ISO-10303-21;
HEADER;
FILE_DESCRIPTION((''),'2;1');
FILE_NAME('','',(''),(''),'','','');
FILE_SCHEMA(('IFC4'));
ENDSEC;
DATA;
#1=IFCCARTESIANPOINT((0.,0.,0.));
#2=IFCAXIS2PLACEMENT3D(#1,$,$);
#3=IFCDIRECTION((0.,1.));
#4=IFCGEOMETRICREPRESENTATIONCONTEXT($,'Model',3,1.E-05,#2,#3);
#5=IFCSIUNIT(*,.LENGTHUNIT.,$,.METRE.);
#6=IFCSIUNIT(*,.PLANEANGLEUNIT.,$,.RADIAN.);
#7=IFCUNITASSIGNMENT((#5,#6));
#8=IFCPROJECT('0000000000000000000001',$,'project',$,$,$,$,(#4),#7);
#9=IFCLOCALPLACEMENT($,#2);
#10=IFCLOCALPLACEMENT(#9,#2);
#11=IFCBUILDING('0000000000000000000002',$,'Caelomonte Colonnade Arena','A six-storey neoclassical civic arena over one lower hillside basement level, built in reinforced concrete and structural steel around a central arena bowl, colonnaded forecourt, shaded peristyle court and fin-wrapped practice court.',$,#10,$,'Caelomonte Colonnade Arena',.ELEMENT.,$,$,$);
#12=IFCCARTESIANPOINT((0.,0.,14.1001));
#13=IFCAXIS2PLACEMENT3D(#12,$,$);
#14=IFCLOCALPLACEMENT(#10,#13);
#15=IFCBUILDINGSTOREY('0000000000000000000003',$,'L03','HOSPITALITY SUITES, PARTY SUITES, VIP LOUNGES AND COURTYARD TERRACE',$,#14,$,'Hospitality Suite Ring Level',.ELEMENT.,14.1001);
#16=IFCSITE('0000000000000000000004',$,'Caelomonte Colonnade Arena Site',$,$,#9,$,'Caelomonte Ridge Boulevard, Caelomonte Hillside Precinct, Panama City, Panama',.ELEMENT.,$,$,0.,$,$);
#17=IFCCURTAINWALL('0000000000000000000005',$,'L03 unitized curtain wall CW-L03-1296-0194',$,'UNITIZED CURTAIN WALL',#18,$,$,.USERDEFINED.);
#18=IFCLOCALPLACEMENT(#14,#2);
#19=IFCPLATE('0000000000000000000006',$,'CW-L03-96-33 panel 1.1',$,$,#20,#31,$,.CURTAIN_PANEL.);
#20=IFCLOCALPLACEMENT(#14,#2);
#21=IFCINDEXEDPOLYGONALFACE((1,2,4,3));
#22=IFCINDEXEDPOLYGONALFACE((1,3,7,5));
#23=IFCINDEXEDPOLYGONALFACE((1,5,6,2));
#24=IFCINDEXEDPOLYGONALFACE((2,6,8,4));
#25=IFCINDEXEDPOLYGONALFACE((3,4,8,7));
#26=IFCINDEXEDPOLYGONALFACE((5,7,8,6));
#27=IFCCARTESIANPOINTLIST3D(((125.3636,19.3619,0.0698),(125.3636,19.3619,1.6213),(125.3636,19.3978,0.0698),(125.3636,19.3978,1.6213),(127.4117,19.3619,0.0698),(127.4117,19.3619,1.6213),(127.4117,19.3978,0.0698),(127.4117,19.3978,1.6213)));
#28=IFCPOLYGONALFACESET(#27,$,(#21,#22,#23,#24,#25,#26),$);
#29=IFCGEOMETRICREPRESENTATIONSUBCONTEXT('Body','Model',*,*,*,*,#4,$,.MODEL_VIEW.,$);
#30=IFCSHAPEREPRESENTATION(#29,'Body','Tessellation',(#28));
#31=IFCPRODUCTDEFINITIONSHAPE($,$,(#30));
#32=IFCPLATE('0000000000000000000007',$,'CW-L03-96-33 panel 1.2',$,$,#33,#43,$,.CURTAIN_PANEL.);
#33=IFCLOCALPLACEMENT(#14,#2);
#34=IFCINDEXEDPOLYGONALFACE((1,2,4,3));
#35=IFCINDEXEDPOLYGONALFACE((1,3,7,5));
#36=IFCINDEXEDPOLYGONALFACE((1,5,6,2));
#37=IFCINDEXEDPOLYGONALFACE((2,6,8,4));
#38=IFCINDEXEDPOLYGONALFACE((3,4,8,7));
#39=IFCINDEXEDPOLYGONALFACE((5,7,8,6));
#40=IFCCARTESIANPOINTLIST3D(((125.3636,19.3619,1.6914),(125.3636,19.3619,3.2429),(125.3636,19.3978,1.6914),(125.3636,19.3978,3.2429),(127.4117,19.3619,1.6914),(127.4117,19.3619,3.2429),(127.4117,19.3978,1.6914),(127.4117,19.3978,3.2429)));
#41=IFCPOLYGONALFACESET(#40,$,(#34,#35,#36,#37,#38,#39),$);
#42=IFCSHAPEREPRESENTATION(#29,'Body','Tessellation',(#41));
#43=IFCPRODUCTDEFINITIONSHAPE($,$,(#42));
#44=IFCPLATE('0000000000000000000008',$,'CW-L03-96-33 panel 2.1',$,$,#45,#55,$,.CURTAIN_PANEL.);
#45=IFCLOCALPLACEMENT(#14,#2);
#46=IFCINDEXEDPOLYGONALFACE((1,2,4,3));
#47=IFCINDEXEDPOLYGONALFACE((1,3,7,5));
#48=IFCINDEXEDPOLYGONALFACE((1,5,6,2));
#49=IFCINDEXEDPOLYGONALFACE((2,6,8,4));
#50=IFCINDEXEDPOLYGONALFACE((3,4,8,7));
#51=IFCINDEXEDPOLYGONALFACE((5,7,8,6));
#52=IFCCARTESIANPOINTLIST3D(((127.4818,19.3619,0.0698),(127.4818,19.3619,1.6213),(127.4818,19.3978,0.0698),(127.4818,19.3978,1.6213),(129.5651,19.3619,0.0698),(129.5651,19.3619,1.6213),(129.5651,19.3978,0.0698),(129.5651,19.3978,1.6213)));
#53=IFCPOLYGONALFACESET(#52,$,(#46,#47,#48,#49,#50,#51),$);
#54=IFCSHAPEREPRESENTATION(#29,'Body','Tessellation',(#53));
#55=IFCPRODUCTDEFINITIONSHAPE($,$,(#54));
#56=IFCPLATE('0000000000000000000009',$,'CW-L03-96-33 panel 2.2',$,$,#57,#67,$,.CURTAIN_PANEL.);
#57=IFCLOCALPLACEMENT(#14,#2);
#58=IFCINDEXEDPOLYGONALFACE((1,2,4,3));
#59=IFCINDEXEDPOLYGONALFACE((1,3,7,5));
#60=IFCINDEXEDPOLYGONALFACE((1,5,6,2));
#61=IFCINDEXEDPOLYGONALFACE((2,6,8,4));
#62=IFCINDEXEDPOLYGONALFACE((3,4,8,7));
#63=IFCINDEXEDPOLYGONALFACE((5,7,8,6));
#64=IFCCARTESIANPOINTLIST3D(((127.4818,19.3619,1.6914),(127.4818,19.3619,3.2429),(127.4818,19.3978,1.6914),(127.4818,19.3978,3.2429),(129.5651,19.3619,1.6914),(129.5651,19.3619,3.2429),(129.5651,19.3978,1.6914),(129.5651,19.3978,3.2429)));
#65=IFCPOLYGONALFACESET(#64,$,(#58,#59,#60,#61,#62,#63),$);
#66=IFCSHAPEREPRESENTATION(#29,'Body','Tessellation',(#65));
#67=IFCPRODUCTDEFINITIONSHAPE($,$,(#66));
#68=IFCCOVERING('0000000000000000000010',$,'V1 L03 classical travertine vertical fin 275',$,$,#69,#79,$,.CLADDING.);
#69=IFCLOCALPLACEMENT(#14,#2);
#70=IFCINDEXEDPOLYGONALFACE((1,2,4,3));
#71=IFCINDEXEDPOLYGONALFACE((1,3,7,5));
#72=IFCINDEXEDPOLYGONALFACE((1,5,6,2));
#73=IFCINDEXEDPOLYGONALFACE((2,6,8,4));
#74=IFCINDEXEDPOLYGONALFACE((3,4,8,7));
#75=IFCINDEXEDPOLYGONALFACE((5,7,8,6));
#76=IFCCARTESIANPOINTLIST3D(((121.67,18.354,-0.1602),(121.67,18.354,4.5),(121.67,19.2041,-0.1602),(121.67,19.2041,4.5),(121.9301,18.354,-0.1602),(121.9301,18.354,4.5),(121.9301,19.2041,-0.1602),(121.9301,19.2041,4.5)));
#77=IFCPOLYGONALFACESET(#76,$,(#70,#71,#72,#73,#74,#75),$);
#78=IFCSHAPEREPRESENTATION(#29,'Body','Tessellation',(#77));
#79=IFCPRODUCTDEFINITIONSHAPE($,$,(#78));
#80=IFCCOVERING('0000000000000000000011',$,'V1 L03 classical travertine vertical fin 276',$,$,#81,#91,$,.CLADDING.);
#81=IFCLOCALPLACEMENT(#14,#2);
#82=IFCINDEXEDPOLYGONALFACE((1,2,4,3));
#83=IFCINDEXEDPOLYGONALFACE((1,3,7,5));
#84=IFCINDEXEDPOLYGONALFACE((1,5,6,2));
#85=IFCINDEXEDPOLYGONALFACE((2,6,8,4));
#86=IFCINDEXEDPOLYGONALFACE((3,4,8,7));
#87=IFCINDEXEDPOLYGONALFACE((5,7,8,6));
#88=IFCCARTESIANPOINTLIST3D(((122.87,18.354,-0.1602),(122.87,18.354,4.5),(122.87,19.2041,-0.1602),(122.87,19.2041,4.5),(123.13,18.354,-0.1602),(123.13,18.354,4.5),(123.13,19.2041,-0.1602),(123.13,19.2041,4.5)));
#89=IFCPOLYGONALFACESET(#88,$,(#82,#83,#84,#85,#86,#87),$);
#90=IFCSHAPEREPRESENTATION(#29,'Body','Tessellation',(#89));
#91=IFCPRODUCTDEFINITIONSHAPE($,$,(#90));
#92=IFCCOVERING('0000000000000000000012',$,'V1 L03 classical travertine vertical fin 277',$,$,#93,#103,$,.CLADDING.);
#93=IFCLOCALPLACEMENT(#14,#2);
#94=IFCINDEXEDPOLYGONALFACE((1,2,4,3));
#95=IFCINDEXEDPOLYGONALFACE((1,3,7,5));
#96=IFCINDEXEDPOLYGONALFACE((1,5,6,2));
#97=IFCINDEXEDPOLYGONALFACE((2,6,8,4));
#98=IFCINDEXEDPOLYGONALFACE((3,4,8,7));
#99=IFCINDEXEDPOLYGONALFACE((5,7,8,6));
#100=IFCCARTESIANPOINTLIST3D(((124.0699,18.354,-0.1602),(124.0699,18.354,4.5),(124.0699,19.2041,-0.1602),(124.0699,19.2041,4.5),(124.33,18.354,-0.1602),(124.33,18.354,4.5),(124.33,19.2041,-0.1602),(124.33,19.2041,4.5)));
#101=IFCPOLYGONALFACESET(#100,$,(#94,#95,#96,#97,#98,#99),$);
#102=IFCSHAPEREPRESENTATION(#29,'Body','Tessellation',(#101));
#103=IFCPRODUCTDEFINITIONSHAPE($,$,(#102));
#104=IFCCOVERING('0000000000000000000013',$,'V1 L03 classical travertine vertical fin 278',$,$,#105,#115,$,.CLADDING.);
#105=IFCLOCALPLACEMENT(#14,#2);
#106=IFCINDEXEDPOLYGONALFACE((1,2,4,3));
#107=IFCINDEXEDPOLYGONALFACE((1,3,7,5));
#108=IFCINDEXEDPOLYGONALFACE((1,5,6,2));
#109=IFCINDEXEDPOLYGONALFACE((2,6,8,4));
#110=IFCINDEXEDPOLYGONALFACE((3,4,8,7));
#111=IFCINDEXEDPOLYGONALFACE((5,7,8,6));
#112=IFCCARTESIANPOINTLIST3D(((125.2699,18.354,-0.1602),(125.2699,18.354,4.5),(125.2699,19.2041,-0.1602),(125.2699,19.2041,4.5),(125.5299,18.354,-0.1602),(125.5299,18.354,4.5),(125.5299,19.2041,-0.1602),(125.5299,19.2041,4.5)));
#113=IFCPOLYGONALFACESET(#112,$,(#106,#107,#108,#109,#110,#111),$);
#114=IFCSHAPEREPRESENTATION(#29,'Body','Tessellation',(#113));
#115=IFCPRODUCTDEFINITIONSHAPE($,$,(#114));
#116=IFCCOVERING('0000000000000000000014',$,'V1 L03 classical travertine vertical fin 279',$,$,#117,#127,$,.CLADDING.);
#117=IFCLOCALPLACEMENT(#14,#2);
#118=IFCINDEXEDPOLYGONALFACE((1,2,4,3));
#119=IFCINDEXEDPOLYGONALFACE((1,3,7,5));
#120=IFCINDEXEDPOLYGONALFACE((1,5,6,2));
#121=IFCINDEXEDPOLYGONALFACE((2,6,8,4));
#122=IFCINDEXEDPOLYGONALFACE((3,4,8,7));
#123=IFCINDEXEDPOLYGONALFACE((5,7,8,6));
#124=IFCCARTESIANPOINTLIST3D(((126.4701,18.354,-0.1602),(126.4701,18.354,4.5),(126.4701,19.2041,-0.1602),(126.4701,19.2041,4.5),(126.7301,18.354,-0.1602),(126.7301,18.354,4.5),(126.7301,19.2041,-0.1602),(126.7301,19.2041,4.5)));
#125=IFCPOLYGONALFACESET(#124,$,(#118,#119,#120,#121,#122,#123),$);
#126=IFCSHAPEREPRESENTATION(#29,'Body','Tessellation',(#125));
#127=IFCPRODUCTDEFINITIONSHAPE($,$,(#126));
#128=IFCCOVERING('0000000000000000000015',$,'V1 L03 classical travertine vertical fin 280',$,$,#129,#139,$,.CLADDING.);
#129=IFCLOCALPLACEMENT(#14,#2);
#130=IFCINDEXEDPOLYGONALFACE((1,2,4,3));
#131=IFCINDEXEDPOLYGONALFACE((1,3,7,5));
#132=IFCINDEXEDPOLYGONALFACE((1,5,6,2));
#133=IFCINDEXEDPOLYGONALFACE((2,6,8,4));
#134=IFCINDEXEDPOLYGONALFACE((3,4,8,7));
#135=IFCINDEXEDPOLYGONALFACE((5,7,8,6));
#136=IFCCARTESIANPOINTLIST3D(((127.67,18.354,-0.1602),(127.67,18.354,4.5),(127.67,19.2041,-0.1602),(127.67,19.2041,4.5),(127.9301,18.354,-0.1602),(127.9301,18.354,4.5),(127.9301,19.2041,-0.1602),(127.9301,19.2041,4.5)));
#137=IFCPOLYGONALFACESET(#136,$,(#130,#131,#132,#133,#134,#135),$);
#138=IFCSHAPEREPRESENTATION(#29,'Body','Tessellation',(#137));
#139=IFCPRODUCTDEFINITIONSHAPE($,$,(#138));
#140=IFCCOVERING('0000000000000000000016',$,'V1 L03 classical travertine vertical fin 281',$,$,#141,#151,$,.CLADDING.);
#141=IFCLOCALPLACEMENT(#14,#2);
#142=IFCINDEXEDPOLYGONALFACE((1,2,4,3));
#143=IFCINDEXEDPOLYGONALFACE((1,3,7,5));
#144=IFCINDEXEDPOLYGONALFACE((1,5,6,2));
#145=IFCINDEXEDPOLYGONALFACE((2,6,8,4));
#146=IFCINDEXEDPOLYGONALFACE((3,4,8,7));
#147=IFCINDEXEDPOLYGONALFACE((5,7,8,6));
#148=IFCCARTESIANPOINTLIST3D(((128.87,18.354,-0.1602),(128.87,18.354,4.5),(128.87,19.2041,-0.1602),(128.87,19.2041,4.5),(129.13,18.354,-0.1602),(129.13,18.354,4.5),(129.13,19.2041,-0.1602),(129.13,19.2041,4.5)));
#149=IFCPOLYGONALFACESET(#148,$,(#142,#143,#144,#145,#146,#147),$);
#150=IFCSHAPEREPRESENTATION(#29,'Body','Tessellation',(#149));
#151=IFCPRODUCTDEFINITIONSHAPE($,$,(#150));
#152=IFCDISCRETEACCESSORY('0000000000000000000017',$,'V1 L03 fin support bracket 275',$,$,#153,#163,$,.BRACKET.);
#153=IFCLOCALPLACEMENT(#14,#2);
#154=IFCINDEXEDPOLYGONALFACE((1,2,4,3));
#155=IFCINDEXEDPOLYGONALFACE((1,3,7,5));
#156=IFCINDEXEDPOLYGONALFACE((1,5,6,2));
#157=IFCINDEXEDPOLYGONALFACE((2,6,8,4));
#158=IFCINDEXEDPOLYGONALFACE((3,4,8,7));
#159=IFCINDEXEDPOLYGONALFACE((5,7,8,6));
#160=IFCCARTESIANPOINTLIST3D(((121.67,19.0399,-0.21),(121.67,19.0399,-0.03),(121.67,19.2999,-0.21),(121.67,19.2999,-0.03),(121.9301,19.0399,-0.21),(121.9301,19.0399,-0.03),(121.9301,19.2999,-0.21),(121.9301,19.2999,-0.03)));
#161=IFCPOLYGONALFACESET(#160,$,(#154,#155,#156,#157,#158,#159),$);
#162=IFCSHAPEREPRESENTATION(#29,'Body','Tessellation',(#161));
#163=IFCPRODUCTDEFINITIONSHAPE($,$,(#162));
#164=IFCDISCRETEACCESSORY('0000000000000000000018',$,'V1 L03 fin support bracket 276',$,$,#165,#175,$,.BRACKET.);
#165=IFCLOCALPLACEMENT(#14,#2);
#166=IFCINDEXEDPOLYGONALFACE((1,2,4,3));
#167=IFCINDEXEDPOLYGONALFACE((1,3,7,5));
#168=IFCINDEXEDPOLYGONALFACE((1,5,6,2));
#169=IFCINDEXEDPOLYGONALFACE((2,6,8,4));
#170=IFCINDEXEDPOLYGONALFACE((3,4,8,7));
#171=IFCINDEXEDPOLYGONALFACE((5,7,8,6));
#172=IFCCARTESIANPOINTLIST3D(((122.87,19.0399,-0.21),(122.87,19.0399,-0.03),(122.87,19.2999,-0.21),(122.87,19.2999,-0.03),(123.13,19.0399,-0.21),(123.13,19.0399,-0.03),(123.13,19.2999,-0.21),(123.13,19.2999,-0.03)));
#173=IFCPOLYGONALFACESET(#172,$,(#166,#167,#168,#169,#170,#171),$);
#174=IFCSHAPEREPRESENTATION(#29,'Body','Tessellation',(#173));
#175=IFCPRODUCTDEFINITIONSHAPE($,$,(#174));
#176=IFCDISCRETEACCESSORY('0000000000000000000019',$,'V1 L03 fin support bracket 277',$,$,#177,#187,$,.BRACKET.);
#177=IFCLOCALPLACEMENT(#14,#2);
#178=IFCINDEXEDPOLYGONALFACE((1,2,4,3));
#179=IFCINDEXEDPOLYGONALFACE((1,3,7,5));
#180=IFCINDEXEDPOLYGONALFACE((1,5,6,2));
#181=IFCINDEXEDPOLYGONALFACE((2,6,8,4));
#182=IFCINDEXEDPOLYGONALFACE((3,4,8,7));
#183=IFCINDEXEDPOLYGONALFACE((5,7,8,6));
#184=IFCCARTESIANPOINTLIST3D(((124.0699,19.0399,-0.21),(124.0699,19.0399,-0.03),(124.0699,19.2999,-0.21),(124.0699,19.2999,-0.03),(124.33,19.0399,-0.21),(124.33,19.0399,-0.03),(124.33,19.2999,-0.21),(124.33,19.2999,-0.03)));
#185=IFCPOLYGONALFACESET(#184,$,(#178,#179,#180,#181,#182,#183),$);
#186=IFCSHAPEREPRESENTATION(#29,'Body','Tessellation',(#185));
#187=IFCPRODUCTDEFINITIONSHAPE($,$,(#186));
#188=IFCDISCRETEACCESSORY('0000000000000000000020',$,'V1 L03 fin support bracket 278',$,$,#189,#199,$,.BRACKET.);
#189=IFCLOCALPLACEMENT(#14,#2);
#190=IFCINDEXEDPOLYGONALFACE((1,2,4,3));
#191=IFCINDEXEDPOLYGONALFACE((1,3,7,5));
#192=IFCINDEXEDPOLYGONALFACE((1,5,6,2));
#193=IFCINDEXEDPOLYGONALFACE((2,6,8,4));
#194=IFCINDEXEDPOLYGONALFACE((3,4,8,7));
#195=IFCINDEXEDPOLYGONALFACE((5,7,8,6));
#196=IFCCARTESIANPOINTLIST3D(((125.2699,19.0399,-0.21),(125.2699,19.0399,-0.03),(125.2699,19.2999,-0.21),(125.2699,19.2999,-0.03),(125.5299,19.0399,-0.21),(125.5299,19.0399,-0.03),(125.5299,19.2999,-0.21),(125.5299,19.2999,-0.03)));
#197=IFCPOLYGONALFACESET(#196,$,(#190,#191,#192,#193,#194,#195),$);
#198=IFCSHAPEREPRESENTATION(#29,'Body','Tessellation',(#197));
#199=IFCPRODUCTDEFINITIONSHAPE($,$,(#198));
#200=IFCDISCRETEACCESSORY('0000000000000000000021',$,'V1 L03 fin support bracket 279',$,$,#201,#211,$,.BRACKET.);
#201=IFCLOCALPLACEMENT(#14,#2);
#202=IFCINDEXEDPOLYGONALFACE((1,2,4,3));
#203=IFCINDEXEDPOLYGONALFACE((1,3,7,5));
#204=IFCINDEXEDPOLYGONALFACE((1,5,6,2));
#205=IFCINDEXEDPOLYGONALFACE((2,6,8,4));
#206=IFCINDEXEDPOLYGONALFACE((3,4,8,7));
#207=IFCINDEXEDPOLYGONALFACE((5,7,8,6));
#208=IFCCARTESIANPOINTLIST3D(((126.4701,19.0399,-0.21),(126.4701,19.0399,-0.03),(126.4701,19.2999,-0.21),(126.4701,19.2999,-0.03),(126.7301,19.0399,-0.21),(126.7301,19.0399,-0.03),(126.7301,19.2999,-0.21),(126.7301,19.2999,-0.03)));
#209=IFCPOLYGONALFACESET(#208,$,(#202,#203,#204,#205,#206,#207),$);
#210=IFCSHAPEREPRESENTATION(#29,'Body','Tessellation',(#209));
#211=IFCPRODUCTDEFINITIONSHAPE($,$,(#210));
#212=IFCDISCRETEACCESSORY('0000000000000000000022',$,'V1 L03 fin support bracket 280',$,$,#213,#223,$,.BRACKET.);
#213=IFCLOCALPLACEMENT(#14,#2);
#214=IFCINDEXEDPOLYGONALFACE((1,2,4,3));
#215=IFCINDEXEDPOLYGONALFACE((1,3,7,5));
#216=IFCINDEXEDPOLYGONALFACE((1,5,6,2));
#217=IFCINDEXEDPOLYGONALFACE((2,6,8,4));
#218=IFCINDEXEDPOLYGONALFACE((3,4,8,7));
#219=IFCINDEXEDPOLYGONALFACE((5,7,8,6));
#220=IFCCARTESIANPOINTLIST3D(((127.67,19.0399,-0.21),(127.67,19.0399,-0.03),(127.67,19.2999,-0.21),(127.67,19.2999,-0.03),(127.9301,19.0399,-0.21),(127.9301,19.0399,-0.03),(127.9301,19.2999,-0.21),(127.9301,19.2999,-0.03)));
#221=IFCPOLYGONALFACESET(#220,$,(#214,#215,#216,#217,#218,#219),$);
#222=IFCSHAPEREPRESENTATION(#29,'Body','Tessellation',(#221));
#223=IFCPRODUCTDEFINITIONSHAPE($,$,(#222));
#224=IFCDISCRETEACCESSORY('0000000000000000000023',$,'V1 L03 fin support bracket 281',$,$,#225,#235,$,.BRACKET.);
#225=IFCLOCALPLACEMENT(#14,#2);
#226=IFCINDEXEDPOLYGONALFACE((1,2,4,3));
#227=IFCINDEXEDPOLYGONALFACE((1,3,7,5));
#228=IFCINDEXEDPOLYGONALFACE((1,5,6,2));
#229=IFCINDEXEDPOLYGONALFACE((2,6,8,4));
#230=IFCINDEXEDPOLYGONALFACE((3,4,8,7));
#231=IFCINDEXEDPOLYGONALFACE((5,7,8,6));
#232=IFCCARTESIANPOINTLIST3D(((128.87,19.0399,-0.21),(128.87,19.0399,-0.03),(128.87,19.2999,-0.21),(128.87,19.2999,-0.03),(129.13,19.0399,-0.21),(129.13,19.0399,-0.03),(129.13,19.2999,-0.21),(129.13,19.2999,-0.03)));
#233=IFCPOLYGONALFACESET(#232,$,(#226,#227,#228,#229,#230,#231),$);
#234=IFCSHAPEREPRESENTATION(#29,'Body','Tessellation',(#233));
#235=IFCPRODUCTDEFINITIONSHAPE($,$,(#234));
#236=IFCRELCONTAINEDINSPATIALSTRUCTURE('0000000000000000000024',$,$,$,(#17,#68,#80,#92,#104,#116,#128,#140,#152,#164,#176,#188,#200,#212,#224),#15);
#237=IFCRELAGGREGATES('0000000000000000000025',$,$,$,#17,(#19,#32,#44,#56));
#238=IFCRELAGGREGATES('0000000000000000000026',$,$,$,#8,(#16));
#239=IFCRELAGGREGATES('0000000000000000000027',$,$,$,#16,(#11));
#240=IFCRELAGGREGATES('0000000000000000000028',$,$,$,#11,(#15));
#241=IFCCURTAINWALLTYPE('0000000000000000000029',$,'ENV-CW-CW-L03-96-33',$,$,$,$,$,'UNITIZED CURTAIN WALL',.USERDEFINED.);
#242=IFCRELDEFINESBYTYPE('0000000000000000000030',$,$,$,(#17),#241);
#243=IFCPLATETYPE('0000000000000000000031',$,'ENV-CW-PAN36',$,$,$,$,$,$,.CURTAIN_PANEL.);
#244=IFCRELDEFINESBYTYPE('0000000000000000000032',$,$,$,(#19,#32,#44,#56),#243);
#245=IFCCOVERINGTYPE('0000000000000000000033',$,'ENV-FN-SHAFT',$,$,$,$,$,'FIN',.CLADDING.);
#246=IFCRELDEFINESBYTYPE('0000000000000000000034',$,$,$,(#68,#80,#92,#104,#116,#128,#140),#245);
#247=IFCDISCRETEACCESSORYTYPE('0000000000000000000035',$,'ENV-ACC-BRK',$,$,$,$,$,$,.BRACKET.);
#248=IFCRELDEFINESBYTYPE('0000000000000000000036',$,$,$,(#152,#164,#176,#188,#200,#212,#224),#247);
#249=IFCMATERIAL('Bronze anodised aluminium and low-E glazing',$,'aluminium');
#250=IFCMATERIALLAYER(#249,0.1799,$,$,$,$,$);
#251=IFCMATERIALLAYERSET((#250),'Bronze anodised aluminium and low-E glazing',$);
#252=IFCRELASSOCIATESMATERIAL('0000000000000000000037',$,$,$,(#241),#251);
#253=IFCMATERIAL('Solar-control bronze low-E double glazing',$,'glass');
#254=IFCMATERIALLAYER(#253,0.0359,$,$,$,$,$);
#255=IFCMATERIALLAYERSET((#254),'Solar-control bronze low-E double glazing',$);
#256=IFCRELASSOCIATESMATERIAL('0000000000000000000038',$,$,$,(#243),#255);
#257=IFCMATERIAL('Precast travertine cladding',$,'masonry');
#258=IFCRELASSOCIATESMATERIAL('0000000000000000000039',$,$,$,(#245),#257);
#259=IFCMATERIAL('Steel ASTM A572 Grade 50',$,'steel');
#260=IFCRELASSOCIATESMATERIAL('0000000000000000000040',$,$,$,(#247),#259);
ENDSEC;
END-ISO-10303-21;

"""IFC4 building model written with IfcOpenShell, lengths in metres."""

from ifc_helpers import new_model, si_unit, direction, frame, origin, origin_2d, place, context, subcontext, project, spatial, rectangle, extrude, material, layer, layer_set, material_profile, profile_set, type_object, element, aggregate, save


model = new_model("IFC4")

# Units and contexts
model_context = context("Model", 3, precision=1e-05, world=origin(), true_north=direction((0.0, 1.0)))
body_context = subcontext(model_context, "Body", "Model", "MODEL_VIEW")
ifc_project = project(units=[si_unit("LENGTHUNIT", "METRE"), si_unit("PLANEANGLEUNIT", "RADIAN")], contexts=[model_context])

# Site, building, storey
site_placement = place(None, origin())
site = spatial("IfcSite", under=ifc_project, at=site_placement, Name="Caelomonte Colonnade Arena Site", LongName="Caelomonte Ridge Boulevard, Caelomonte Hillside Precinct, Panama City, Panama", CompositionType="ELEMENT", RefElevation=0.0)
building_placement = place(site_placement, origin())
building = spatial("IfcBuilding", under=site, at=building_placement, Name="Caelomonte Colonnade Arena", Description="A six-storey neoclassical civic arena over one lower hillside basement level, built in reinforced concrete and structural steel around a central arena bowl, colonnaded forecourt, shaded peristyle court and fin-wrapped practice court.", LongName="Caelomonte Colonnade Arena", CompositionType="ELEMENT")
storey_placement = place(building_placement, frame((0.0, 0.0, 14.1001)))
storey = spatial("IfcBuildingStorey", under=building, at=storey_placement, Name="L03", Description="HOSPITALITY SUITES, PARTY SUITES, VIP LOUNGES AND COURTYARD TERRACE", LongName="Hospitality Suite Ring Level", CompositionType="ELEMENT", Elevation=14.1001)

# Curtain wall
ifc_material_1 = material(Name="Bronze anodised aluminium and low-E glazing", Category="aluminium")
ifc_layer_1 = layer(ifc_material_1, 0.1799)
ifc_layer_set_1 = layer_set([ifc_layer_1], Name="Bronze anodised aluminium and low-E glazing")
curtain_wall_type = type_object("IfcCurtainWallType", Name="ENV-CW-CW-L03-96-33", ElementType="UNITIZED CURTAIN WALL", PredefinedType="USERDEFINED", material=ifc_layer_set_1)
curtain_wall_1_placement = place(storey_placement, origin())
curtain_wall_1 = element("IfcCurtainWall", 1, at=curtain_wall_1_placement, inside=storey, type_object=curtain_wall_type, Name="L03 unitized curtain wall CW-L03-1296-0194", ObjectType="UNITIZED CURTAIN WALL", PredefinedType="USERDEFINED")

# Plates
ifc_material_2 = material(Name="Solar-control bronze low-E double glazing", Category="glass")
ifc_layer_2 = layer(ifc_material_2, 0.0359)
ifc_layer_set_2 = layer_set([ifc_layer_2], Name="Solar-control bronze low-E double glazing")
plate_type = type_object("IfcPlateType", Name="ENV-CW-PAN36", PredefinedType="CURTAIN_PANEL", material=ifc_layer_set_2)
plate_1_placement = place(storey_placement, frame((126.3877, 19.3799, 0.0698), z_axis=(0.0, 0.0, 1.0), x_axis=(1.0, 0.0, 0.0)))
plate_1 = element("IfcPlate", 2, at=plate_1_placement, type_object=plate_type, Name="CW-L03-96-33 panel 1.1", PredefinedType="CURTAIN_PANEL", context=body_context, shape_type="SweptSolid", body=[
    extrude(rectangle(XDim=2.0481, YDim=0.0359, at=origin_2d()), origin(), (0.0, 0.0, 1.0), 1.5515),
])
plate_2_placement = place(storey_placement, frame((126.3877, 19.3799, 1.6914), z_axis=(0.0, 0.0, 1.0), x_axis=(1.0, 0.0, 0.0)))
plate_2 = element("IfcPlate", 3, at=plate_2_placement, type_object=plate_type, Name="CW-L03-96-33 panel 1.2", PredefinedType="CURTAIN_PANEL", context=body_context, shape_type="SweptSolid", body=[
    extrude(rectangle(XDim=2.0481, YDim=0.0359, at=origin_2d()), origin(), (0.0, 0.0, 1.0), 1.5515),
])
plate_3_placement = place(storey_placement, frame((128.5234, 19.3799, 0.0698), z_axis=(0.0, 0.0, 1.0), x_axis=(1.0, 0.0, 0.0)))
plate_3 = element("IfcPlate", 4, at=plate_3_placement, type_object=plate_type, Name="CW-L03-96-33 panel 2.1", PredefinedType="CURTAIN_PANEL", context=body_context, shape_type="SweptSolid", body=[
    extrude(rectangle(XDim=2.0833, YDim=0.0359, at=origin_2d()), origin(), (0.0, 0.0, 1.0), 1.5515),
])
plate_4_placement = place(storey_placement, frame((128.5234, 19.3799, 1.6914), z_axis=(0.0, 0.0, 1.0), x_axis=(1.0, 0.0, 0.0)))
plate_4 = element("IfcPlate", 5, at=plate_4_placement, type_object=plate_type, Name="CW-L03-96-33 panel 2.2", PredefinedType="CURTAIN_PANEL", context=body_context, shape_type="SweptSolid", body=[
    extrude(rectangle(XDim=2.0833, YDim=0.0359, at=origin_2d()), origin(), (0.0, 0.0, 1.0), 1.5515),
])
aggregate(curtain_wall_1, [plate_1, plate_2, plate_3, plate_4])

# Coverings
ifc_material_3 = material(Name="Precast travertine cladding", Category="masonry")
ifc_material_profile_1 = material_profile(ifc_material_3, rectangle(XDim=0.26, YDim=0.8501, at=origin_2d()), Name="FIN260X850")
ifc_profile_set_1 = profile_set([ifc_material_profile_1], Name="Precast travertine cladding")
covering_type = type_object("IfcCoveringType", Name="ENV-FN-SHAFT", ElementType="FIN", PredefinedType="CLADDING", material=ifc_profile_set_1)
for number, where, z_axis, x_axis, name in (
    (6, (121.8, 18.7791, -0.1602), (0.0, 0.0, 1.0), (-1.0, 0.0, 0.0), "V1 L03 classical travertine vertical fin 275"),
    (7, (123.0, 18.7791, -0.1602), (0.0, 0.0, 1.0), (-1.0, 0.0, 0.0), "V1 L03 classical travertine vertical fin 276"),
    (8, (124.2, 18.7791, -0.1602), (0.0, 0.0, 1.0), (-1.0, 0.0, 0.0), "V1 L03 classical travertine vertical fin 277"),
    (9, (125.3999, 18.7791, -0.1602), (0.0, 0.0, 1.0), (-1.0, 0.0, 0.0), "V1 L03 classical travertine vertical fin 278"),
    (10, (126.6001, 18.7791, -0.1602), (0.0, 0.0, 1.0), (-1.0, 0.0, 0.0), "V1 L03 classical travertine vertical fin 279"),
    (11, (127.8, 18.7791, -0.1602), (0.0, 0.0, 1.0), (-1.0, 0.0, 0.0), "V1 L03 classical travertine vertical fin 280"),
    (12, (129.0, 18.7791, -0.1602), (0.0, 0.0, 1.0), (-1.0, 0.0, 0.0), "V1 L03 classical travertine vertical fin 281"),
):
    element("IfcCovering", number, at=place(storey_placement, frame(where, z_axis=z_axis, x_axis=x_axis)), inside=storey, type_object=covering_type, Name=name, PredefinedType="CLADDING", context=body_context, shape_type="SweptSolid", body=[
        extrude(rectangle(XDim=0.26, YDim=0.8501, at=origin_2d()), origin(), (0.0, 0.0, 1.0), 4.6602),
    ])

# Discrete accessories
ifc_material_4 = material(Name="Steel ASTM A572 Grade 50", Category="steel")
discrete_accessory_type = type_object("IfcDiscreteAccessoryType", Name="ENV-ACC-BRK", PredefinedType="BRACKET", material=ifc_material_4)
for number, where, z_axis, x_axis, name in (
    (13, (121.8, 19.1699, -0.21), (0.0, 0.0, 1.0), (1.0, 0.0, 0.0), "V1 L03 fin support bracket 275"),
    (14, (123.0, 19.1699, -0.21), (0.0, 0.0, 1.0), (1.0, 0.0, 0.0), "V1 L03 fin support bracket 276"),
    (15, (124.2, 19.1699, -0.21), (0.0, 0.0, 1.0), (1.0, 0.0, 0.0), "V1 L03 fin support bracket 277"),
    (16, (125.3999, 19.1699, -0.21), (0.0, 0.0, 1.0), (1.0, 0.0, 0.0), "V1 L03 fin support bracket 278"),
    (17, (126.6001, 19.1699, -0.21), (0.0, 0.0, 1.0), (1.0, 0.0, 0.0), "V1 L03 fin support bracket 279"),
    (18, (127.8, 19.1699, -0.21), (0.0, 0.0, 1.0), (1.0, 0.0, 0.0), "V1 L03 fin support bracket 280"),
    (19, (129.0, 19.1699, -0.21), (0.0, 0.0, 1.0), (1.0, 0.0, 0.0), "V1 L03 fin support bracket 281"),
):
    element("IfcDiscreteAccessory", number, at=place(storey_placement, frame(where, z_axis=z_axis, x_axis=x_axis)), inside=storey, type_object=discrete_accessory_type, Name=name, PredefinedType="BRACKET", context=body_context, shape_type="SweptSolid", body=[
        extrude(rectangle(XDim=0.26, YDim=0.26, at=origin_2d()), origin(), (0.0, 0.0, 1.0), 0.1799),
    ])

save(model, "model.ifc")
